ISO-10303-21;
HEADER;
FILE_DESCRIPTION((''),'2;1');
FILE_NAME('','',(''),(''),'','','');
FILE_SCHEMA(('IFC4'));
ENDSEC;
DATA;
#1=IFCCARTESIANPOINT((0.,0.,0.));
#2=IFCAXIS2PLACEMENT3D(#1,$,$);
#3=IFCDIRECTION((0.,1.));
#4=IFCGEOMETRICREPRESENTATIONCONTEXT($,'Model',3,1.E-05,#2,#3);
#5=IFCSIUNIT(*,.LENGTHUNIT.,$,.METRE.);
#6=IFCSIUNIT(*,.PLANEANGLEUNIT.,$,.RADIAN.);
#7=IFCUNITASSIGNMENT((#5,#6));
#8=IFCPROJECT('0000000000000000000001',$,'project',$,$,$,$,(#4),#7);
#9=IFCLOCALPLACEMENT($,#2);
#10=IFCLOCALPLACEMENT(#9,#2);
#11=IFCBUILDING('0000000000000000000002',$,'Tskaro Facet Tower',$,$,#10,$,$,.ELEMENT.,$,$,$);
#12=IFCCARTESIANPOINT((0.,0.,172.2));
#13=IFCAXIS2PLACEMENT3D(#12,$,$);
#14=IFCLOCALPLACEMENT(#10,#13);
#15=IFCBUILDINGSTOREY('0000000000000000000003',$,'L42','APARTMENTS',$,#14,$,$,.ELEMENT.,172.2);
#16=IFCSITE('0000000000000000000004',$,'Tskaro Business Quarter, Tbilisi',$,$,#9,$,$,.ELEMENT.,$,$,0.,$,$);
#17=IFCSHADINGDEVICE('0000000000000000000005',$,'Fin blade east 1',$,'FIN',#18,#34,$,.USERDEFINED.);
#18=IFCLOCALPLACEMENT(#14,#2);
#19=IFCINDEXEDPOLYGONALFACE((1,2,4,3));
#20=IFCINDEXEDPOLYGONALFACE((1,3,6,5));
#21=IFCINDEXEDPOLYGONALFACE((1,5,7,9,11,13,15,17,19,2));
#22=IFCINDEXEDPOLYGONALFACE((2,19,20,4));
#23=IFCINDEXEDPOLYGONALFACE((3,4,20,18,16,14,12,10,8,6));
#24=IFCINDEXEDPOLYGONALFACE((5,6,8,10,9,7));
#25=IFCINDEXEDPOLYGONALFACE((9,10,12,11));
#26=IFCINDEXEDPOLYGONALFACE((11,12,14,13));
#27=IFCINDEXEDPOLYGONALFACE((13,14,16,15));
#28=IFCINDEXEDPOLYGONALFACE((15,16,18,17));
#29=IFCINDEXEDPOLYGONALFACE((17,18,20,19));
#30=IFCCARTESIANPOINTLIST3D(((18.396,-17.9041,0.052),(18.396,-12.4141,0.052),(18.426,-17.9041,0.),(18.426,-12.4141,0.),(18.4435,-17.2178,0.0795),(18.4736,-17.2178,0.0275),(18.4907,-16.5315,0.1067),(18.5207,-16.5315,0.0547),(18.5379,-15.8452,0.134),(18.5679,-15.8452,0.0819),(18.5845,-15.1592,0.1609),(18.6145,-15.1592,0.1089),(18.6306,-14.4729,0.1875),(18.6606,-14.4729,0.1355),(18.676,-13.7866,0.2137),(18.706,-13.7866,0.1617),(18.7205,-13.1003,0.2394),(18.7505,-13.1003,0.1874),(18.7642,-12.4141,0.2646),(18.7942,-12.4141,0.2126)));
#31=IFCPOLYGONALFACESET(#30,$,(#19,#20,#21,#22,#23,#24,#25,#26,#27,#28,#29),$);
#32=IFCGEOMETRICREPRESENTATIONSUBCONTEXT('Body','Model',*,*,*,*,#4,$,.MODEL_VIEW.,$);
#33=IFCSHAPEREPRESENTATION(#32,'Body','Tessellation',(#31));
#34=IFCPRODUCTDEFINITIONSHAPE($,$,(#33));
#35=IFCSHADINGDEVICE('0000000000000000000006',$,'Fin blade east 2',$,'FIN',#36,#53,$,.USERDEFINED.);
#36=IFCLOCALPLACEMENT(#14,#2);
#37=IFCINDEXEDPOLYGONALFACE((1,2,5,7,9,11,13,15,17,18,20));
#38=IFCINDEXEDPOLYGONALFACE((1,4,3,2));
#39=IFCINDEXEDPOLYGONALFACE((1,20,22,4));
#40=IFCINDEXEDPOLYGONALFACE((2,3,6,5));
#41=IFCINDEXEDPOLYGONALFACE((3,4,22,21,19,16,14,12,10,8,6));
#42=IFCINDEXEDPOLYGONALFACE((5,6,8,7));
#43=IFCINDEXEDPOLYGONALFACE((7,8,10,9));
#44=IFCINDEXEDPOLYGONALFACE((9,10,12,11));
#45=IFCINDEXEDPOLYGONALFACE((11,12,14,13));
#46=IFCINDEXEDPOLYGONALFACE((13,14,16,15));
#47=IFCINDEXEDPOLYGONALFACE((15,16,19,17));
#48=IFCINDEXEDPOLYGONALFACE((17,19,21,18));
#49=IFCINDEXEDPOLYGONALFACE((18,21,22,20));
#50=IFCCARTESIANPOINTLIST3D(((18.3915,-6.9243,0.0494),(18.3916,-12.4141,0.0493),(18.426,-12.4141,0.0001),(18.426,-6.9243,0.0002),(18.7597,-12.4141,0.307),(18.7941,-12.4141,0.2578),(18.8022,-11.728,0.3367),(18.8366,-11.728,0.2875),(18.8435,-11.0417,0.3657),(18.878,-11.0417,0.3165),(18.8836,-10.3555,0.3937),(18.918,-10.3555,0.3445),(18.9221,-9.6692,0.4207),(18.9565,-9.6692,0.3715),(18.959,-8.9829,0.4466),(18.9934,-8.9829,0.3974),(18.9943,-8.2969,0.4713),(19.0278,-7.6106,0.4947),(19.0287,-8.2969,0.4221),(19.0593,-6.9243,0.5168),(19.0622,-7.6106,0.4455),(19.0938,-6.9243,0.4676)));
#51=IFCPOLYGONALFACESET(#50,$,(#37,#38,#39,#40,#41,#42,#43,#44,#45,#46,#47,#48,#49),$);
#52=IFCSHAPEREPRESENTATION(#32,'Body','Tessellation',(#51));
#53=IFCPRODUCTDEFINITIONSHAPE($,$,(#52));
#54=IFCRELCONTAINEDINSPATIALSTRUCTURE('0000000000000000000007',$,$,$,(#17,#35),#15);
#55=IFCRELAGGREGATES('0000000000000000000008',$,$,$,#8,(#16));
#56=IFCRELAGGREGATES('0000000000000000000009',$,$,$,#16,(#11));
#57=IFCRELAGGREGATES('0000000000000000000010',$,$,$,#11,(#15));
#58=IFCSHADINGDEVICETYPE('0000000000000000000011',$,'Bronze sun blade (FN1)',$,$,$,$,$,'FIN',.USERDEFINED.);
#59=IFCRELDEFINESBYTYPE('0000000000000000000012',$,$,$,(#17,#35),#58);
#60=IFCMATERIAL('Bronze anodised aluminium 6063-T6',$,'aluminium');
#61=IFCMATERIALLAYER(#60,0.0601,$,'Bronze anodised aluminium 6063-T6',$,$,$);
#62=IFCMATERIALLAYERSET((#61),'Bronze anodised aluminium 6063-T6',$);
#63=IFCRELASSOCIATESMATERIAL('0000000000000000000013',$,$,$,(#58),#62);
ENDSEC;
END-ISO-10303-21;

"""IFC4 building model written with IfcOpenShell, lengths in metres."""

from ifc_helpers import new_model, si_unit, direction, frame, origin, place, context, subcontext, project, spatial, polyline, outline, extrude, material, layer, layer_set, type_object, element, save


model = new_model("IFC4")

# Units and contexts
model_context = context("Model", 3, precision=1e-05, world=origin(), true_north=direction((0.0, 1.0)))
body_context = subcontext(model_context, "Body", "Model", "MODEL_VIEW")
ifc_project = project(units=[si_unit("LENGTHUNIT", "METRE"), si_unit("PLANEANGLEUNIT", "RADIAN")], contexts=[model_context])

# Site, building, storey
site_placement = place(None, origin())
site = spatial("IfcSite", under=ifc_project, at=site_placement, Name="Tskaro Business Quarter, Tbilisi", CompositionType="ELEMENT", RefElevation=0.0)
building_placement = place(site_placement, origin())
building = spatial("IfcBuilding", under=site, at=building_placement, Name="Tskaro Facet Tower", CompositionType="ELEMENT")
storey_placement = place(building_placement, frame((0.0, 0.0, 172.2)))
storey = spatial("IfcBuildingStorey", under=building, at=storey_placement, Name="L42", Description="APARTMENTS", CompositionType="ELEMENT", Elevation=172.2)

# Shared definitions
ifc_material_1 = material(Name="Bronze anodised aluminium 6063-T6", Category="aluminium")

# Shading devices
ifc_layer_1 = layer(ifc_material_1, 0.0601, Name="Bronze anodised aluminium 6063-T6")
ifc_layer_set_1 = layer_set([ifc_layer_1], Name="Bronze anodised aluminium 6063-T6")
shading_device_type = type_object("IfcShadingDeviceType", Name="Bronze sun blade (FN1)", ElementType="FIN", PredefinedType="USERDEFINED", material=ifc_layer_set_1)
shading_device_1_placement = place(storey_placement, frame((18.396, -17.9041, 0.052), z_axis=(-0.500114, -0.000004, 0.86596), x_axis=(-0.000002, 1.0, 0.000003)))
element("IfcShadingDevice", 1, at=shading_device_1_placement, inside=storey, type_object=shading_device_type, Name="Fin blade east 1", ObjectType="FIN", PredefinedType="USERDEFINED", context=body_context, shape_type="SweptSolid", body=[
    extrude(outline(polyline([(0.0, 0.0), (5.49, 0.0), (5.49, -0.4252), (4.8037, -0.3747), (4.1174, -0.3233), (3.4312, -0.2709), (2.7449, -0.2177), (2.0588, -0.1639), (1.3726, -0.1094), (0.6863, -0.0549), (0.0, 0.0)])), origin(), (0.0, 0.0, -1.0), 0.0601),
])
shading_device_2_placement = place(storey_placement, frame((18.3916, -12.4141, 0.0493), z_axis=(-0.573461, -0.000019, 0.819233), x_axis=(-0.000011, 1.0, 0.000016)))
element("IfcShadingDevice", 2, at=shading_device_2_placement, inside=storey, type_object=shading_device_type, Name="Fin blade east 2", ObjectType="FIN", PredefinedType="USERDEFINED", context=body_context, shape_type="SweptSolid", body=[
    extrude(outline(polyline([(0.0, 0.0), (5.4897, 0.0), (5.4897, -0.8151), (4.8035, -0.7766), (4.1172, -0.7357), (3.4312, -0.6926), (2.7449, -0.6476), (2.0586, -0.6006), (1.3723, -0.5517), (0.686, -0.5012), (0.0, -0.4493), (0.0, 0.0)])), origin(), (0.0, 0.0, -1.0), 0.0601),
])

save(model, "model.ifc")
